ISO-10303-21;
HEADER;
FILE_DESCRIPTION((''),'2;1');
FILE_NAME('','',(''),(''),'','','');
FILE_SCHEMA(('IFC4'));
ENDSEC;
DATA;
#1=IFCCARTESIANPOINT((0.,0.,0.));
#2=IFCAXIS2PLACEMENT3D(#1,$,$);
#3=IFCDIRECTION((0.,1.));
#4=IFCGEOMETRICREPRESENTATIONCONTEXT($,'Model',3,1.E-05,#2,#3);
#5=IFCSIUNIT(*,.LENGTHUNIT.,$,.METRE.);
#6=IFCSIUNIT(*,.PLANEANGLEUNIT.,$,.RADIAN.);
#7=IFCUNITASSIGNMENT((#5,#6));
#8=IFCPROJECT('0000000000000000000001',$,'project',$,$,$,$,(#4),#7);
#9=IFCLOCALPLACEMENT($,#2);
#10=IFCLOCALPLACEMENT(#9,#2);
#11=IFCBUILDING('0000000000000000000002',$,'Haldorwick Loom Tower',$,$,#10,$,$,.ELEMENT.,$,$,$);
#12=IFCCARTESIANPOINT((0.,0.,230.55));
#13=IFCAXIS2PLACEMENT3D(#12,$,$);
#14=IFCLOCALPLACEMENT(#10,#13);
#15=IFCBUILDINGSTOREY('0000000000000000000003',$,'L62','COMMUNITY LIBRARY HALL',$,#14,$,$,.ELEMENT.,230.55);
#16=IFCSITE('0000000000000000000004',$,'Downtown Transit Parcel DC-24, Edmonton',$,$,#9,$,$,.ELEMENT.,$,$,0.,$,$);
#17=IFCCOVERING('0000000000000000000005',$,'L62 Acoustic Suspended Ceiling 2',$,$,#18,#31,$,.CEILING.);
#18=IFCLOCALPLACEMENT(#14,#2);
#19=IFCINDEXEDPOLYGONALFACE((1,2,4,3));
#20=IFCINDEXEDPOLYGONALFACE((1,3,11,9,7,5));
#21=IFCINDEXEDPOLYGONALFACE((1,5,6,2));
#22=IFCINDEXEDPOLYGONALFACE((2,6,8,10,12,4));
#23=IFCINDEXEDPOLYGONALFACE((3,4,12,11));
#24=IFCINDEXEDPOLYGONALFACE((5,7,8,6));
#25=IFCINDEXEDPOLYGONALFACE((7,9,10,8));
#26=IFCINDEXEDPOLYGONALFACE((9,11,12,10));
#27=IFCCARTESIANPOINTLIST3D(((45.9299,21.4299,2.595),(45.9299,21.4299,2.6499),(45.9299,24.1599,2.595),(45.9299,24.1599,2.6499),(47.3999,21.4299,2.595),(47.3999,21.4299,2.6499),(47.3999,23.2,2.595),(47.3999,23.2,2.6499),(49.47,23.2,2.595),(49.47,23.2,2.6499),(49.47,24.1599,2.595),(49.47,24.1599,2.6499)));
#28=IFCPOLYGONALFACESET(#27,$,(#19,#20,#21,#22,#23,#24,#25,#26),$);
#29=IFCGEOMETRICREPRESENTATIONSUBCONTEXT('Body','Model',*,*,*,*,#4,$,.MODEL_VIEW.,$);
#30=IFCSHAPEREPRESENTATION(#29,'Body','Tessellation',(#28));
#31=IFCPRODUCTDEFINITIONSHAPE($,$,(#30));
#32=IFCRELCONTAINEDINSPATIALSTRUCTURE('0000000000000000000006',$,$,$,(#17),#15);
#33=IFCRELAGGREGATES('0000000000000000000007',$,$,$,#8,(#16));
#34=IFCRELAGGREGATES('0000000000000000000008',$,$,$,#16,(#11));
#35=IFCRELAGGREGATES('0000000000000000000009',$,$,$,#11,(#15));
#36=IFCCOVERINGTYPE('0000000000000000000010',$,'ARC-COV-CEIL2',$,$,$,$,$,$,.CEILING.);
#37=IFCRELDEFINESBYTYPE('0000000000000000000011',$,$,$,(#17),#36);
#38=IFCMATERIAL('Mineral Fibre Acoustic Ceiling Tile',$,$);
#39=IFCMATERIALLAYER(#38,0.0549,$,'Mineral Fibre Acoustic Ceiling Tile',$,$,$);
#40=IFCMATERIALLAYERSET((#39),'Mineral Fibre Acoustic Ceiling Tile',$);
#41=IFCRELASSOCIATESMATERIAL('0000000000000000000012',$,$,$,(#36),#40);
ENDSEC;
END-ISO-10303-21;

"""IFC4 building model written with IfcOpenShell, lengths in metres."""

from ifc_helpers import new_model, si_unit, direction, frame, origin, place, context, subcontext, project, spatial, polyline, outline, extrude, material, layer, layer_set, type_object, element, save


model = new_model("IFC4")

# Units and contexts
model_context = context("Model", 3, precision=1e-05, world=origin(), true_north=direction((0.0, 1.0)))
body_context = subcontext(model_context, "Body", "Model", "MODEL_VIEW")
ifc_project = project(units=[si_unit("LENGTHUNIT", "METRE"), si_unit("PLANEANGLEUNIT", "RADIAN")], contexts=[model_context])

# Site, building, storey
site_placement = place(None, origin())
site = spatial("IfcSite", under=ifc_project, at=site_placement, Name="Downtown Transit Parcel DC-24, Edmonton", CompositionType="ELEMENT", RefElevation=0.0)
building_placement = place(site_placement, origin())
building = spatial("IfcBuilding", under=site, at=building_placement, Name="Haldorwick Loom Tower", CompositionType="ELEMENT")
storey_placement = place(building_placement, frame((0.0, 0.0, 230.55)))
storey = spatial("IfcBuildingStorey", under=building, at=storey_placement, Name="L62", Description="COMMUNITY LIBRARY HALL", CompositionType="ELEMENT", Elevation=230.55)

# Covering
ifc_material_1 = material(Name="Mineral Fibre Acoustic Ceiling Tile")
ifc_layer_1 = layer(ifc_material_1, 0.0549, Name="Mineral Fibre Acoustic Ceiling Tile")
ifc_layer_set_1 = layer_set([ifc_layer_1], Name="Mineral Fibre Acoustic Ceiling Tile")
covering_type_1 = type_object("IfcCoveringType", Name="ARC-COV-CEIL2", PredefinedType="CEILING", material=ifc_layer_set_1)
covering_1_placement = place(storey_placement, frame((0.0, 0.0, 2.595)))
element("IfcCovering", 1, at=covering_1_placement, inside=storey, type_object=covering_type_1, Name="L62 Acoustic Suspended Ceiling 2", PredefinedType="CEILING", context=body_context, shape_type="SweptSolid", body=[
    extrude(outline(polyline([(45.9299, 24.1599), (45.9299, 21.4299), (47.3999, 21.4299), (47.3999, 23.2), (49.47, 23.2), (49.47, 24.1599), (45.9299, 24.1599)])), origin(), (0.0, 0.0, 1.0), 0.0549),
])

save(model, "model.ifc")
